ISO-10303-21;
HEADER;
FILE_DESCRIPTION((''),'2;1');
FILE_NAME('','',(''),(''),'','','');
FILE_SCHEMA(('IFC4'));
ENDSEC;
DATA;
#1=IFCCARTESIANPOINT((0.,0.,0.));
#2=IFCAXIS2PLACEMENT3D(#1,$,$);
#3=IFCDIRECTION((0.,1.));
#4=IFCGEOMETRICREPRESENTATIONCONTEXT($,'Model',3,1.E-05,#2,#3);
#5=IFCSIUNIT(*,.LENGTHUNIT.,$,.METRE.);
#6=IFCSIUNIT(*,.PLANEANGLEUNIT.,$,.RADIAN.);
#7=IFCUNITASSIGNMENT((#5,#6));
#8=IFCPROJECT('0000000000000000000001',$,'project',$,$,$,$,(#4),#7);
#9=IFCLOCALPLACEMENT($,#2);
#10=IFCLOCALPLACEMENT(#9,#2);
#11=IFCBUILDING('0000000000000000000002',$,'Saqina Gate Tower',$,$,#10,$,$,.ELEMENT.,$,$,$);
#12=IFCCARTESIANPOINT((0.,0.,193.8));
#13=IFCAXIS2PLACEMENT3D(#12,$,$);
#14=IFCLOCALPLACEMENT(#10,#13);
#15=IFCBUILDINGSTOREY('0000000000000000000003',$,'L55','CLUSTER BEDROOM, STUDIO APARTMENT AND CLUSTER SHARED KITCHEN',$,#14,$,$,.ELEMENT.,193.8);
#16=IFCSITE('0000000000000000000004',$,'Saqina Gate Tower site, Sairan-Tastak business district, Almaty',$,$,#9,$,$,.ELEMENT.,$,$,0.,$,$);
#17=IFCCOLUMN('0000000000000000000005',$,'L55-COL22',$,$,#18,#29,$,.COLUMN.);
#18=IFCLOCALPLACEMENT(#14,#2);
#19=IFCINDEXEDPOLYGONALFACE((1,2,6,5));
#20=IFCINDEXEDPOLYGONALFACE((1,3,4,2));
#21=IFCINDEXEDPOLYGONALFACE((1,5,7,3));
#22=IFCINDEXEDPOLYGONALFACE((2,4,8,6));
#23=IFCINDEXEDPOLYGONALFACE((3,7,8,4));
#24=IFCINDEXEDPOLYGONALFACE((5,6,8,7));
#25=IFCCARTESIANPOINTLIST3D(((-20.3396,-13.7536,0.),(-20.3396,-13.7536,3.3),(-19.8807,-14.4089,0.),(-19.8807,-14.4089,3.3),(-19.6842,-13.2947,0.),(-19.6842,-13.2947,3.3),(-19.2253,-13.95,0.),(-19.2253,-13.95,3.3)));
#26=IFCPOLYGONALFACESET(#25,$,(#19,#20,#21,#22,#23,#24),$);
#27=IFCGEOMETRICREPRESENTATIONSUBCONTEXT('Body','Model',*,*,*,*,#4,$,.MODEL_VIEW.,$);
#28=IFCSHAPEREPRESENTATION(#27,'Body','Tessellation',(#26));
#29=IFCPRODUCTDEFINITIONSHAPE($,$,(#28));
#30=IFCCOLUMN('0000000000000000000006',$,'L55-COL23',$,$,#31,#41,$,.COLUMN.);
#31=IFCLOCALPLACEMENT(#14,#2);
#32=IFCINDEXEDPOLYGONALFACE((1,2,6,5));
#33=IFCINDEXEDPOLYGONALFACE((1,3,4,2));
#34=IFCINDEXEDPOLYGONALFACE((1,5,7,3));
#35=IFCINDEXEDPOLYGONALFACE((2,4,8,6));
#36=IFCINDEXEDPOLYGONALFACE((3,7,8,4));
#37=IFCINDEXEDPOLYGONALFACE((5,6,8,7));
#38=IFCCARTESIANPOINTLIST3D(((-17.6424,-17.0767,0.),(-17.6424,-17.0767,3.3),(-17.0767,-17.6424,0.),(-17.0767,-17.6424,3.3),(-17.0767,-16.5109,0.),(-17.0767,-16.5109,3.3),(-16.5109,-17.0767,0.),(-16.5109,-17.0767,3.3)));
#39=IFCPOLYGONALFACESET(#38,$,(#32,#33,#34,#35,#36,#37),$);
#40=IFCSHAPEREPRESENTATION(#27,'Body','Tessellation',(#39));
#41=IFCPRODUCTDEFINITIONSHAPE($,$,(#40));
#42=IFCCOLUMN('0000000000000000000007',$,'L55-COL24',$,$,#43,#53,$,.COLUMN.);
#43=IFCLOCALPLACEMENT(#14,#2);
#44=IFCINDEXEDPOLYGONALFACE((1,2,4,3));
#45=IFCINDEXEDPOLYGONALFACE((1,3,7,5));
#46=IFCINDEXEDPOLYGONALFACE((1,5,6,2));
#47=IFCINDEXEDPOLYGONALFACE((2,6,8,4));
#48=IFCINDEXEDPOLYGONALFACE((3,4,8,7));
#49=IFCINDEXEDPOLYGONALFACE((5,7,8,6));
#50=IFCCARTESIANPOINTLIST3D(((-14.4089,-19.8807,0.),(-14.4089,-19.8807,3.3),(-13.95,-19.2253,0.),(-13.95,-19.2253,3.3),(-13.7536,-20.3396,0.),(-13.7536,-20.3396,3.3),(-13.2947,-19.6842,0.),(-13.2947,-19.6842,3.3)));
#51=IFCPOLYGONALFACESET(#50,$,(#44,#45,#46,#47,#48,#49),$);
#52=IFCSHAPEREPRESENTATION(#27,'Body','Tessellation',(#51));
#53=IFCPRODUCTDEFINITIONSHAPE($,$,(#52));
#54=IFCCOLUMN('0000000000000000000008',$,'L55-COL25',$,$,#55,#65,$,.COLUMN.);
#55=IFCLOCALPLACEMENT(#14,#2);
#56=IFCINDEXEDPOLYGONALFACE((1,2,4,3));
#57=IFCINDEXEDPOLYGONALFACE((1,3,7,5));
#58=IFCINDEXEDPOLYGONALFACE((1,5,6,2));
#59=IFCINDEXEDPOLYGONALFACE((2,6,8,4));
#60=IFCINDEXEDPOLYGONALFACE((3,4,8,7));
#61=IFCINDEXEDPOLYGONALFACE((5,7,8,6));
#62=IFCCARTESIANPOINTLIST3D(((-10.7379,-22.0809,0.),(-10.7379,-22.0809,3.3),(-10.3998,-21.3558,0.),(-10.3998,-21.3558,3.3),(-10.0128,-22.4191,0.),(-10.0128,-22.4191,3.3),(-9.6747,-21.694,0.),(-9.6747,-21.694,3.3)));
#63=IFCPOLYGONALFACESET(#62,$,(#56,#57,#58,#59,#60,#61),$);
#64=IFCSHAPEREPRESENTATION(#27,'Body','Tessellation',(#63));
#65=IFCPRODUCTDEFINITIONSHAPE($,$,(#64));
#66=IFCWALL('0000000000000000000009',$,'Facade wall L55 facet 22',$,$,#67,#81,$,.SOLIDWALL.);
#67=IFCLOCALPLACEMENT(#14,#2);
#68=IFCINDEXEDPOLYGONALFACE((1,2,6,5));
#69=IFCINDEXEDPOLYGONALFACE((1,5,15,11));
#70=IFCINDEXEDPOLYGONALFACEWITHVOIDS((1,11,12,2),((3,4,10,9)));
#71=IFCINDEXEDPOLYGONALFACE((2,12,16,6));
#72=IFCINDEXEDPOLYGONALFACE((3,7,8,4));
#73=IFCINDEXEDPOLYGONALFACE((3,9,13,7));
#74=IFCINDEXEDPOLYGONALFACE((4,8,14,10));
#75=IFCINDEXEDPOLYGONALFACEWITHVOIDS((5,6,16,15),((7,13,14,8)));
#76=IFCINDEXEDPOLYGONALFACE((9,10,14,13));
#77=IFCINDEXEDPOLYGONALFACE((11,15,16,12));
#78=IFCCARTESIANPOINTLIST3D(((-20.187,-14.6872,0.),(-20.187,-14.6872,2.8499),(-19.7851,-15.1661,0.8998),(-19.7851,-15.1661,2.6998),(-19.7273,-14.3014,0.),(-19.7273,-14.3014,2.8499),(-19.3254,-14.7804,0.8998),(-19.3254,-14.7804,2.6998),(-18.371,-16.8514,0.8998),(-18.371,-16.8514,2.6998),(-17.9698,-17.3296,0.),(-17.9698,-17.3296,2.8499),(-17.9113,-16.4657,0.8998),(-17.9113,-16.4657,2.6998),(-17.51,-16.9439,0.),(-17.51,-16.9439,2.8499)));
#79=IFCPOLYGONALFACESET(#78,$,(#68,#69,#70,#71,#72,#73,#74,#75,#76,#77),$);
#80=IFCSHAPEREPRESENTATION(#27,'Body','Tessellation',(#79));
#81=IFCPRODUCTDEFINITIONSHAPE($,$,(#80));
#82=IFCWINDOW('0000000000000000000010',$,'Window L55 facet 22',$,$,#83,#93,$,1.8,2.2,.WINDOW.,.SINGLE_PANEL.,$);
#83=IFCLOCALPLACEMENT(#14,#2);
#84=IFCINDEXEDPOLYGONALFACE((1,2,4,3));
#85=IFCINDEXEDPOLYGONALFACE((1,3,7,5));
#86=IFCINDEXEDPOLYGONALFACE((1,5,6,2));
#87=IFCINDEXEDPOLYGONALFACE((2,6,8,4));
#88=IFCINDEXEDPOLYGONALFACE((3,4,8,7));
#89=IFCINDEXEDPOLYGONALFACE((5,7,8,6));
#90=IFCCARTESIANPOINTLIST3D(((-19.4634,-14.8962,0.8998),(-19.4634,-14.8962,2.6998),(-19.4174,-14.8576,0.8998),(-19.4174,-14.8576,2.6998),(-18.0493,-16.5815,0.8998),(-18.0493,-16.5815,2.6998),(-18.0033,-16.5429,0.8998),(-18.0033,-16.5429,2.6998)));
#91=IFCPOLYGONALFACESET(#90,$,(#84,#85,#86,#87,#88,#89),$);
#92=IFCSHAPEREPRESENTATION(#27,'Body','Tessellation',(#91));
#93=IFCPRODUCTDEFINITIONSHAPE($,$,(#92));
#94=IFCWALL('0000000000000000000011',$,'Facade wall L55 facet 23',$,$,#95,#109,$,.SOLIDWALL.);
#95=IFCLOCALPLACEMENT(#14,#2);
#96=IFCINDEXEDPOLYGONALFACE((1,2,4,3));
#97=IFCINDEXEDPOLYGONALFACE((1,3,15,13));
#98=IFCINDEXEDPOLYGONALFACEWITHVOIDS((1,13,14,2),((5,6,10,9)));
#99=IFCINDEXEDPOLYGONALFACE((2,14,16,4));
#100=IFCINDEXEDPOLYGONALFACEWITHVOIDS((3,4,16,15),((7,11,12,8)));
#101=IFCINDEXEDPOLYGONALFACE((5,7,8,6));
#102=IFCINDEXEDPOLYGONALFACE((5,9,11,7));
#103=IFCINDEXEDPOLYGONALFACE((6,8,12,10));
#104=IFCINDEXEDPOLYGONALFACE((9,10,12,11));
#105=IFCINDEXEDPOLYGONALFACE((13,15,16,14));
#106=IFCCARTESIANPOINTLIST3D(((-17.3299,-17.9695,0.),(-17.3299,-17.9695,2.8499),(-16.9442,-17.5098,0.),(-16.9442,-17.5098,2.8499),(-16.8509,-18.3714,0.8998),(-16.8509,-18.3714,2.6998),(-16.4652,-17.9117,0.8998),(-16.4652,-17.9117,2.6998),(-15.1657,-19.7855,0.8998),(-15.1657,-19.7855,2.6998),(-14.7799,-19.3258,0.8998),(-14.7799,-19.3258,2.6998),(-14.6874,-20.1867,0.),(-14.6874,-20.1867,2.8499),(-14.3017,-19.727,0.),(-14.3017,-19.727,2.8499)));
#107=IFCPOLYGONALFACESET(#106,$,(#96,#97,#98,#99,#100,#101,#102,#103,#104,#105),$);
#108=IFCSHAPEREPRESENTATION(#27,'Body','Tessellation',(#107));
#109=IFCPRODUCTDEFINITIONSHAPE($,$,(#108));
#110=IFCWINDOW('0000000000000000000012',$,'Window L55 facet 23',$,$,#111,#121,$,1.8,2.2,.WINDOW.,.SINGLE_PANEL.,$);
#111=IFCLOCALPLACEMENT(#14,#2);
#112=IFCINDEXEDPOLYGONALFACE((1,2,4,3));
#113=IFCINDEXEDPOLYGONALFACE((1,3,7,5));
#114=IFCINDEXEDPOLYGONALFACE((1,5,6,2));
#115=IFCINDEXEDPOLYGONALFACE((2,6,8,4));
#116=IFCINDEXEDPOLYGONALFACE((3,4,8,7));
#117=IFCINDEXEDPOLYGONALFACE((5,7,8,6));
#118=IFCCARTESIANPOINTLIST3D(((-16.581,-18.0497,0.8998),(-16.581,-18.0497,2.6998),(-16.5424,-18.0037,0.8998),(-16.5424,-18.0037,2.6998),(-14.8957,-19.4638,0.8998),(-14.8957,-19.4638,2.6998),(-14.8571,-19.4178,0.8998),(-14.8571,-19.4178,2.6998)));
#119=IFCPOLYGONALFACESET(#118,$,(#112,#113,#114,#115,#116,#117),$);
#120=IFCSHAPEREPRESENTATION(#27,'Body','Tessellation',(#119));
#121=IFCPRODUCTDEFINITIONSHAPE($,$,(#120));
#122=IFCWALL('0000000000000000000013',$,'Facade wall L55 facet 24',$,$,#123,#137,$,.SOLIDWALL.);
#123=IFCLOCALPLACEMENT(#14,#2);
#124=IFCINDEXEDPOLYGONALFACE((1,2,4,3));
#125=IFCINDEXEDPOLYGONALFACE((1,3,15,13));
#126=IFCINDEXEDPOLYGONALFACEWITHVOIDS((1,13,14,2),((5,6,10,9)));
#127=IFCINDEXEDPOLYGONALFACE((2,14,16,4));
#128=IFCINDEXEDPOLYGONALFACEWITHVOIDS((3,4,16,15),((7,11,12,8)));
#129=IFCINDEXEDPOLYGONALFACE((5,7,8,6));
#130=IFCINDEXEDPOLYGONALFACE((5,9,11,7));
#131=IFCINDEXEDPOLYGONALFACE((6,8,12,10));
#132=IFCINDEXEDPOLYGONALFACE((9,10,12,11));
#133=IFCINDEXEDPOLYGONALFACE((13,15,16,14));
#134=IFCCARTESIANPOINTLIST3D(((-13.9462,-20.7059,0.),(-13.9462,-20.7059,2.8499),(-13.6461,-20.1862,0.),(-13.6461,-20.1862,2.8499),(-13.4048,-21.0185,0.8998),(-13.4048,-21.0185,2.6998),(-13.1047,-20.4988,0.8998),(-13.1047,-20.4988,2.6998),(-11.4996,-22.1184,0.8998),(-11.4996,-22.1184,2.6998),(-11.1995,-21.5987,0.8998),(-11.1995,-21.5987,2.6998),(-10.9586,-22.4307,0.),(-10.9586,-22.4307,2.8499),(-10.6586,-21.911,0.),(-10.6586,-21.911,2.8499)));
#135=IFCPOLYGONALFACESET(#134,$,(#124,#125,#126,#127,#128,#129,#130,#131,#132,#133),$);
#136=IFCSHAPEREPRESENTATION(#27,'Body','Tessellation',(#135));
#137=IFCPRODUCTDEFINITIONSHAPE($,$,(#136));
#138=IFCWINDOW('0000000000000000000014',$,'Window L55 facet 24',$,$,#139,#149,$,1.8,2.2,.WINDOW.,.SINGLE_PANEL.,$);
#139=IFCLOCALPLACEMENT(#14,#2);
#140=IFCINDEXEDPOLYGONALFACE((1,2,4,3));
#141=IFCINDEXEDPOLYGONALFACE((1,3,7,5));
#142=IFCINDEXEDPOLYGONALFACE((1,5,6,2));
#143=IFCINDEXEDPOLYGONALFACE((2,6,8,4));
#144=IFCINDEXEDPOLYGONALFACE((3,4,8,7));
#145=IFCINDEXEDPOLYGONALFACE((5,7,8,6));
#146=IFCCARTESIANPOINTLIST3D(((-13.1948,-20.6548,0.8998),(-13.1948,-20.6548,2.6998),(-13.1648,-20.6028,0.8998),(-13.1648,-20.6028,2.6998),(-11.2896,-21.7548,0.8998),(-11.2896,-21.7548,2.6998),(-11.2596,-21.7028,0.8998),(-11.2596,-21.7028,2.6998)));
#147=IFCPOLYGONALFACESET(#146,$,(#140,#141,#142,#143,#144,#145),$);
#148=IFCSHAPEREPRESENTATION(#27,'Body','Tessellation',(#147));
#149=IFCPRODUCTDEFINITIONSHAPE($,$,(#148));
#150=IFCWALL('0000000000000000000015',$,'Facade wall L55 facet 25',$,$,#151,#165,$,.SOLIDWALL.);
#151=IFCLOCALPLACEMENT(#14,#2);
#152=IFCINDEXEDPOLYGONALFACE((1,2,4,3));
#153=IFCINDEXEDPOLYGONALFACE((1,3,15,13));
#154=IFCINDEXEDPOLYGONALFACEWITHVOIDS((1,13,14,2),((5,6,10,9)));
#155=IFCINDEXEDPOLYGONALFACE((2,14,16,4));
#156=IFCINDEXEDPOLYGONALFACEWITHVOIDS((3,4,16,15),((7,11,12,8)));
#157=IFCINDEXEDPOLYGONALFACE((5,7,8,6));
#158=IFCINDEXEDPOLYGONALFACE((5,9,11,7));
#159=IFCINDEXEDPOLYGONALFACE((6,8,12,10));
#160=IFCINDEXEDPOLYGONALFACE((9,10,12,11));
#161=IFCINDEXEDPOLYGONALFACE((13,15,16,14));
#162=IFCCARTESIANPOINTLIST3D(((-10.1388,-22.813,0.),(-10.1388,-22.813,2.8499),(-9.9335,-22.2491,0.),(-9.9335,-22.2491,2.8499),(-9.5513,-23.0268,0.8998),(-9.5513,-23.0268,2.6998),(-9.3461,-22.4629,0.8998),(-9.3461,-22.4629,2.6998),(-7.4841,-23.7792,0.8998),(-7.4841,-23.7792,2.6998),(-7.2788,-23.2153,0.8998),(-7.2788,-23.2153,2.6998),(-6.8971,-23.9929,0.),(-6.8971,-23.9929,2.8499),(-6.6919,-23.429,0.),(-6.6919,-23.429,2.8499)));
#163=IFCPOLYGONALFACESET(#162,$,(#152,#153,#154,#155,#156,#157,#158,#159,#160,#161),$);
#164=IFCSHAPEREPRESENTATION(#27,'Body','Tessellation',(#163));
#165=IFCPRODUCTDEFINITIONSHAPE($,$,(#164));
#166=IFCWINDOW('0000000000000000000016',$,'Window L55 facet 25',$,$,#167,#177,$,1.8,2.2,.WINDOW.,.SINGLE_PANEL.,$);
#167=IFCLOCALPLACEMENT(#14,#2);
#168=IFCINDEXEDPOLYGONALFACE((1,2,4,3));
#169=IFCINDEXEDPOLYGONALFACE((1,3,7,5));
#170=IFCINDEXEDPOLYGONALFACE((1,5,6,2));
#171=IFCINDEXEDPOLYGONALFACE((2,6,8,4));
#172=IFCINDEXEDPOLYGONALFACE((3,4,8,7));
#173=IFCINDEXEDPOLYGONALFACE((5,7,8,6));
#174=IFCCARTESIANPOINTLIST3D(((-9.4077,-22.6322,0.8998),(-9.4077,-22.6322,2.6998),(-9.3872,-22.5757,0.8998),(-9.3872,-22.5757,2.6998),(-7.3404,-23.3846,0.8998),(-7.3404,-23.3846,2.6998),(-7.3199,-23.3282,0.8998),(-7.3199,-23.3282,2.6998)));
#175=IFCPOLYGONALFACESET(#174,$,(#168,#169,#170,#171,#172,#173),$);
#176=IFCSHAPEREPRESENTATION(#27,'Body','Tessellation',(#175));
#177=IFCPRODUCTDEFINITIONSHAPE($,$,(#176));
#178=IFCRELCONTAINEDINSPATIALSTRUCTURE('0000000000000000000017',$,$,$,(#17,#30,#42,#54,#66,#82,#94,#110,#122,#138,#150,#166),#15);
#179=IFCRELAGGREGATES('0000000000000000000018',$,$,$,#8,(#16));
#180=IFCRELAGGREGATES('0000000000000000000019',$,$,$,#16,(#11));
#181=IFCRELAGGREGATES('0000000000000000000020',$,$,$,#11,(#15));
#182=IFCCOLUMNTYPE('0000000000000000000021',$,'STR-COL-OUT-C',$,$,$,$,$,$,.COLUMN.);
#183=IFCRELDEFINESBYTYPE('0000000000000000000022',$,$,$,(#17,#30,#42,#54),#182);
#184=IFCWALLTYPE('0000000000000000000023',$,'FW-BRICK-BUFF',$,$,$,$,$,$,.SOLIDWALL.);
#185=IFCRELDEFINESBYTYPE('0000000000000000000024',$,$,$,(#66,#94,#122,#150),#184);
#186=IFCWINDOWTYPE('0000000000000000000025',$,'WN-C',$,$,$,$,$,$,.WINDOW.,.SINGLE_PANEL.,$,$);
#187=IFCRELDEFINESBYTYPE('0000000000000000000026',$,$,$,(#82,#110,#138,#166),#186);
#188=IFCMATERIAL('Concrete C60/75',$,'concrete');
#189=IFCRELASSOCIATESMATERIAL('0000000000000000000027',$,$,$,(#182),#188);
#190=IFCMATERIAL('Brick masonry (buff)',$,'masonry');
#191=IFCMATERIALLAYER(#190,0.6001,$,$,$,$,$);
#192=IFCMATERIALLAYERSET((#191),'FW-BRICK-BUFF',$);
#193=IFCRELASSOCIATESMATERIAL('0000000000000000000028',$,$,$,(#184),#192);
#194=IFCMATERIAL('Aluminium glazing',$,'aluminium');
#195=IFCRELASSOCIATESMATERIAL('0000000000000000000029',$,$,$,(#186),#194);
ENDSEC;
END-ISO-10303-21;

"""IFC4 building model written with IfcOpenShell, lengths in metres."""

from ifc_helpers import new_model, si_unit, direction, frame, frame_2d, origin, origin_2d, place, context, subcontext, project, spatial, rectangle, extrude, material, layer, layer_set, material_profile, profile_set, type_object, element, fill, save


model = new_model("IFC4")

# Units and contexts
model_context = context("Model", 3, precision=1e-05, world=origin(), true_north=direction((0.0, 1.0)))
body_context = subcontext(model_context, "Body", "Model", "MODEL_VIEW")
ifc_project = project(units=[si_unit("LENGTHUNIT", "METRE"), si_unit("PLANEANGLEUNIT", "RADIAN")], contexts=[model_context])

# Site, building, storey
site_placement = place(None, origin())
site = spatial("IfcSite", under=ifc_project, at=site_placement, Name="Saqina Gate Tower site, Sairan-Tastak business district, Almaty", CompositionType="ELEMENT", RefElevation=0.0)
building_placement = place(site_placement, origin())
building = spatial("IfcBuilding", under=site, at=building_placement, Name="Saqina Gate Tower", CompositionType="ELEMENT")
storey_placement = place(building_placement, frame((0.0, 0.0, 193.8)))
storey = spatial("IfcBuildingStorey", under=building, at=storey_placement, Name="L55", Description="CLUSTER BEDROOM, STUDIO APARTMENT AND CLUSTER SHARED KITCHEN", CompositionType="ELEMENT", Elevation=193.8)

# Columns
ifc_material_1 = material(Name="Concrete C60/75", Category="concrete")
ifc_material_profile = material_profile(ifc_material_1, rectangle(XDim=0.8, YDim=0.8, at=origin_2d()), Name="RC 800x800")
ifc_profile_set = profile_set([ifc_material_profile], Name="Concrete C60/75")
column_type = type_object("IfcColumnType", Name="STR-COL-OUT-C", PredefinedType="COLUMN", material=ifc_profile_set)
for number, where, z_axis, x_axis, name in (
    (1, (-19.7825, -13.8518, 0.0), (0.0, 0.0, 1.0), (-0.819152, -0.573576, 0.0), "L55-COL22"),
    (2, (-17.0767, -17.0767, 0.0), (0.0, 0.0, 1.0), (-0.707107, -0.707107, 0.0), "L55-COL23"),
    (3, (-13.8518, -19.7825, 0.0), (0.0, 0.0, 1.0), (-0.573576, -0.819152, 0.0), "L55-COL24"),
    (4, (-10.2063, -21.8875, 0.0), (0.0, 0.0, 1.0), (-0.422618, -0.906308, 0.0), "L55-COL25"),
):
    element("IfcColumn", number, at=place(storey_placement, frame(where, z_axis=z_axis, x_axis=x_axis)), inside=storey, type_object=column_type, Name=name, PredefinedType="COLUMN", context=body_context, shape_type="SweptSolid", body=[
        extrude(rectangle(XDim=0.8, YDim=0.8, at=origin_2d()), origin(), (0.0, 0.0, 1.0), 3.3),
    ])

# Walls, openings, windows
ifc_material_2 = material(Name="Brick masonry (buff)", Category="masonry")
ifc_layer_1 = layer(ifc_material_2, 0.6001)
ifc_layer_set_1 = layer_set([ifc_layer_1], Name="FW-BRICK-BUFF")
wall_type_1 = type_object("IfcWallType", Name="FW-BRICK-BUFF", PredefinedType="SOLIDWALL", material=ifc_layer_set_1)
wall_1_placement = place(storey_placement, frame((-19.957, -14.4944, 0.0), z_axis=(0.0, 0.0, 1.0), x_axis=(0.64277, -0.766059, 0.0)))
wall_1 = element("IfcWall", 5, at=wall_1_placement, inside=storey, type_object=wall_type_1, Name="Facade wall L55 facet 22", PredefinedType="SOLIDWALL", context=body_context, shape_type="SweptSolid", body=[
    extrude(rectangle(XDim=3.4495, YDim=0.6001, at=frame_2d((1.7246, 0.0))), origin(), (0.0, 0.0, 1.0), 2.8499),
])
opening_1_placement = place(wall_1_placement, frame((0.625, 0.0, 0.8999)))
opening_1 = element("IfcOpeningElement", 6, at=opening_1_placement, cuts=wall_1, PredefinedType="OPENING", context=body_context, shape_type="SweptSolid", body=[
    extrude(rectangle(XDim=2.2, YDim=1.8, at=frame_2d((1.1001, 0.8999))), frame((0.0, 0.312, 0.0), z_axis=(0.0, -1.0, 0.0), x_axis=(1.0, 0.0, 0.0)), (0.0, 0.0, 1.0), 0.624),
])
ifc_material_3 = material(Name="Aluminium glazing", Category="aluminium")
window_type = type_object("IfcWindowType", Name="WN-C", PartitioningType="SINGLE_PANEL", PredefinedType="WINDOW", material=ifc_material_3)
window_1_placement = place(opening_1_placement, origin())
window_1 = element("IfcWindow", 7, at=window_1_placement, inside=storey, type_object=window_type, Name="Window L55 facet 22", OverallHeight=1.8, OverallWidth=2.2, PartitioningType="SINGLE_PANEL", PredefinedType="WINDOW", context=body_context, shape_type="SweptSolid", body=[
    extrude(rectangle(XDim=2.2, YDim=1.8, at=frame_2d((1.1001, 0.8999))), frame((0.0, 0.1799, 0.0), z_axis=(0.0, -1.0, 0.0), x_axis=(1.0, 0.0, 0.0)), (0.0, 0.0, 1.0), 0.0601),
])
fill(opening_1, window_1)
wall_2_placement = place(storey_placement, frame((-17.137, -17.7397, 0.0), z_axis=(0.0, 0.0, 1.0), x_axis=(0.766059, -0.64277, 0.0)))
wall_2 = element("IfcWall", 8, at=wall_2_placement, inside=storey, type_object=wall_type_1, Name="Facade wall L55 facet 23", PredefinedType="SOLIDWALL", context=body_context, shape_type="SweptSolid", body=[
    extrude(rectangle(XDim=3.4495, YDim=0.6001, at=frame_2d((1.7246, 0.0))), origin(), (0.0, 0.0, 1.0), 2.8499),
])
opening_2_placement = place(wall_2_placement, frame((0.625, 0.0, 0.8999)))
opening_2 = element("IfcOpeningElement", 9, at=opening_2_placement, cuts=wall_2, PredefinedType="OPENING", context=body_context, shape_type="SweptSolid", body=[
    extrude(rectangle(XDim=2.2, YDim=1.8, at=frame_2d((1.1001, 0.8999))), frame((0.0, 0.312, 0.0), z_axis=(0.0, -1.0, 0.0), x_axis=(1.0, 0.0, 0.0)), (0.0, 0.0, 1.0), 0.624),
])
window_2_placement = place(opening_2_placement, origin())
window_2 = element("IfcWindow", 10, at=window_2_placement, inside=storey, type_object=window_type, Name="Window L55 facet 23", OverallHeight=1.8, OverallWidth=2.2, PartitioningType="SINGLE_PANEL", PredefinedType="WINDOW", context=body_context, shape_type="SweptSolid", body=[
    extrude(rectangle(XDim=2.2, YDim=1.8, at=frame_2d((1.1001, 0.8999))), frame((0.0, 0.1799, 0.0), z_axis=(0.0, -1.0, 0.0), x_axis=(1.0, 0.0, 0.0)), (0.0, 0.0, 1.0), 0.0601),
])
fill(opening_2, window_2)
wall_3_placement = place(storey_placement, frame((-13.7961, -20.446, 0.0), z_axis=(0.0, 0.0, 1.0), x_axis=(0.866026, -0.499998, 0.0)))
wall_3 = element("IfcWall", 11, at=wall_3_placement, inside=storey, type_object=wall_type_1, Name="Facade wall L55 facet 24", PredefinedType="SOLIDWALL", context=body_context, shape_type="SweptSolid", body=[
    extrude(rectangle(XDim=3.4497, YDim=0.6001, at=frame_2d((1.7249, 0.0))), origin(), (0.0, 0.0, 1.0), 2.8499),
])
opening_3_placement = place(wall_3_placement, frame((0.625, 0.0, 0.8999)))
opening_3 = element("IfcOpeningElement", 12, at=opening_3_placement, cuts=wall_3, PredefinedType="OPENING", context=body_context, shape_type="SweptSolid", body=[
    extrude(rectangle(XDim=2.2, YDim=1.8, at=frame_2d((1.1001, 0.8999))), frame((0.0, 0.312, 0.0), z_axis=(0.0, -1.0, 0.0), x_axis=(1.0, 0.0, 0.0)), (0.0, 0.0, 1.0), 0.624),
])
window_3_placement = place(opening_3_placement, origin())
window_3 = element("IfcWindow", 13, at=window_3_placement, inside=storey, type_object=window_type, Name="Window L55 facet 24", OverallHeight=1.8, OverallWidth=2.2, PartitioningType="SINGLE_PANEL", PredefinedType="WINDOW", context=body_context, shape_type="SweptSolid", body=[
    extrude(rectangle(XDim=2.2, YDim=1.8, at=frame_2d((1.1001, 0.8999))), frame((0.0, 0.1799, 0.0), z_axis=(0.0, -1.0, 0.0), x_axis=(1.0, 0.0, 0.0)), (0.0, 0.0, 1.0), 0.0601),
])
fill(opening_3, window_3)
wall_4_placement = place(storey_placement, frame((-10.0361, -22.531, 0.0), z_axis=(0.0, 0.0, 1.0), x_axis=(0.939688, -0.342033, 0.0)))
wall_4 = element("IfcWall", 14, at=wall_4_placement, inside=storey, type_object=wall_type_1, Name="Facade wall L55 facet 25", PredefinedType="SOLIDWALL", context=body_context, shape_type="SweptSolid", body=[
    extrude(rectangle(XDim=3.4497, YDim=0.6001, at=frame_2d((1.7249, 0.0))), origin(), (0.0, 0.0, 1.0), 2.8499),
])
opening_4_placement = place(wall_4_placement, frame((0.625, 0.0, 0.8999)))
opening_4 = element("IfcOpeningElement", 15, at=opening_4_placement, cuts=wall_4, PredefinedType="OPENING", context=body_context, shape_type="SweptSolid", body=[
    extrude(rectangle(XDim=2.2, YDim=1.8, at=frame_2d((1.1001, 0.8999))), frame((0.0, 0.312, 0.0), z_axis=(0.0, -1.0, 0.0), x_axis=(1.0, 0.0, 0.0)), (0.0, 0.0, 1.0), 0.624),
])
window_4_placement = place(opening_4_placement, origin())
window_4 = element("IfcWindow", 16, at=window_4_placement, inside=storey, type_object=window_type, Name="Window L55 facet 25", OverallHeight=1.8, OverallWidth=2.2, PartitioningType="SINGLE_PANEL", PredefinedType="WINDOW", context=body_context, shape_type="SweptSolid", body=[
    extrude(rectangle(XDim=2.2, YDim=1.8, at=frame_2d((1.1001, 0.8999))), frame((0.0, 0.1799, 0.0), z_axis=(0.0, -1.0, 0.0), x_axis=(1.0, 0.0, 0.0)), (0.0, 0.0, 1.0), 0.0601),
])
fill(opening_4, window_4)

save(model, "model.ifc")
